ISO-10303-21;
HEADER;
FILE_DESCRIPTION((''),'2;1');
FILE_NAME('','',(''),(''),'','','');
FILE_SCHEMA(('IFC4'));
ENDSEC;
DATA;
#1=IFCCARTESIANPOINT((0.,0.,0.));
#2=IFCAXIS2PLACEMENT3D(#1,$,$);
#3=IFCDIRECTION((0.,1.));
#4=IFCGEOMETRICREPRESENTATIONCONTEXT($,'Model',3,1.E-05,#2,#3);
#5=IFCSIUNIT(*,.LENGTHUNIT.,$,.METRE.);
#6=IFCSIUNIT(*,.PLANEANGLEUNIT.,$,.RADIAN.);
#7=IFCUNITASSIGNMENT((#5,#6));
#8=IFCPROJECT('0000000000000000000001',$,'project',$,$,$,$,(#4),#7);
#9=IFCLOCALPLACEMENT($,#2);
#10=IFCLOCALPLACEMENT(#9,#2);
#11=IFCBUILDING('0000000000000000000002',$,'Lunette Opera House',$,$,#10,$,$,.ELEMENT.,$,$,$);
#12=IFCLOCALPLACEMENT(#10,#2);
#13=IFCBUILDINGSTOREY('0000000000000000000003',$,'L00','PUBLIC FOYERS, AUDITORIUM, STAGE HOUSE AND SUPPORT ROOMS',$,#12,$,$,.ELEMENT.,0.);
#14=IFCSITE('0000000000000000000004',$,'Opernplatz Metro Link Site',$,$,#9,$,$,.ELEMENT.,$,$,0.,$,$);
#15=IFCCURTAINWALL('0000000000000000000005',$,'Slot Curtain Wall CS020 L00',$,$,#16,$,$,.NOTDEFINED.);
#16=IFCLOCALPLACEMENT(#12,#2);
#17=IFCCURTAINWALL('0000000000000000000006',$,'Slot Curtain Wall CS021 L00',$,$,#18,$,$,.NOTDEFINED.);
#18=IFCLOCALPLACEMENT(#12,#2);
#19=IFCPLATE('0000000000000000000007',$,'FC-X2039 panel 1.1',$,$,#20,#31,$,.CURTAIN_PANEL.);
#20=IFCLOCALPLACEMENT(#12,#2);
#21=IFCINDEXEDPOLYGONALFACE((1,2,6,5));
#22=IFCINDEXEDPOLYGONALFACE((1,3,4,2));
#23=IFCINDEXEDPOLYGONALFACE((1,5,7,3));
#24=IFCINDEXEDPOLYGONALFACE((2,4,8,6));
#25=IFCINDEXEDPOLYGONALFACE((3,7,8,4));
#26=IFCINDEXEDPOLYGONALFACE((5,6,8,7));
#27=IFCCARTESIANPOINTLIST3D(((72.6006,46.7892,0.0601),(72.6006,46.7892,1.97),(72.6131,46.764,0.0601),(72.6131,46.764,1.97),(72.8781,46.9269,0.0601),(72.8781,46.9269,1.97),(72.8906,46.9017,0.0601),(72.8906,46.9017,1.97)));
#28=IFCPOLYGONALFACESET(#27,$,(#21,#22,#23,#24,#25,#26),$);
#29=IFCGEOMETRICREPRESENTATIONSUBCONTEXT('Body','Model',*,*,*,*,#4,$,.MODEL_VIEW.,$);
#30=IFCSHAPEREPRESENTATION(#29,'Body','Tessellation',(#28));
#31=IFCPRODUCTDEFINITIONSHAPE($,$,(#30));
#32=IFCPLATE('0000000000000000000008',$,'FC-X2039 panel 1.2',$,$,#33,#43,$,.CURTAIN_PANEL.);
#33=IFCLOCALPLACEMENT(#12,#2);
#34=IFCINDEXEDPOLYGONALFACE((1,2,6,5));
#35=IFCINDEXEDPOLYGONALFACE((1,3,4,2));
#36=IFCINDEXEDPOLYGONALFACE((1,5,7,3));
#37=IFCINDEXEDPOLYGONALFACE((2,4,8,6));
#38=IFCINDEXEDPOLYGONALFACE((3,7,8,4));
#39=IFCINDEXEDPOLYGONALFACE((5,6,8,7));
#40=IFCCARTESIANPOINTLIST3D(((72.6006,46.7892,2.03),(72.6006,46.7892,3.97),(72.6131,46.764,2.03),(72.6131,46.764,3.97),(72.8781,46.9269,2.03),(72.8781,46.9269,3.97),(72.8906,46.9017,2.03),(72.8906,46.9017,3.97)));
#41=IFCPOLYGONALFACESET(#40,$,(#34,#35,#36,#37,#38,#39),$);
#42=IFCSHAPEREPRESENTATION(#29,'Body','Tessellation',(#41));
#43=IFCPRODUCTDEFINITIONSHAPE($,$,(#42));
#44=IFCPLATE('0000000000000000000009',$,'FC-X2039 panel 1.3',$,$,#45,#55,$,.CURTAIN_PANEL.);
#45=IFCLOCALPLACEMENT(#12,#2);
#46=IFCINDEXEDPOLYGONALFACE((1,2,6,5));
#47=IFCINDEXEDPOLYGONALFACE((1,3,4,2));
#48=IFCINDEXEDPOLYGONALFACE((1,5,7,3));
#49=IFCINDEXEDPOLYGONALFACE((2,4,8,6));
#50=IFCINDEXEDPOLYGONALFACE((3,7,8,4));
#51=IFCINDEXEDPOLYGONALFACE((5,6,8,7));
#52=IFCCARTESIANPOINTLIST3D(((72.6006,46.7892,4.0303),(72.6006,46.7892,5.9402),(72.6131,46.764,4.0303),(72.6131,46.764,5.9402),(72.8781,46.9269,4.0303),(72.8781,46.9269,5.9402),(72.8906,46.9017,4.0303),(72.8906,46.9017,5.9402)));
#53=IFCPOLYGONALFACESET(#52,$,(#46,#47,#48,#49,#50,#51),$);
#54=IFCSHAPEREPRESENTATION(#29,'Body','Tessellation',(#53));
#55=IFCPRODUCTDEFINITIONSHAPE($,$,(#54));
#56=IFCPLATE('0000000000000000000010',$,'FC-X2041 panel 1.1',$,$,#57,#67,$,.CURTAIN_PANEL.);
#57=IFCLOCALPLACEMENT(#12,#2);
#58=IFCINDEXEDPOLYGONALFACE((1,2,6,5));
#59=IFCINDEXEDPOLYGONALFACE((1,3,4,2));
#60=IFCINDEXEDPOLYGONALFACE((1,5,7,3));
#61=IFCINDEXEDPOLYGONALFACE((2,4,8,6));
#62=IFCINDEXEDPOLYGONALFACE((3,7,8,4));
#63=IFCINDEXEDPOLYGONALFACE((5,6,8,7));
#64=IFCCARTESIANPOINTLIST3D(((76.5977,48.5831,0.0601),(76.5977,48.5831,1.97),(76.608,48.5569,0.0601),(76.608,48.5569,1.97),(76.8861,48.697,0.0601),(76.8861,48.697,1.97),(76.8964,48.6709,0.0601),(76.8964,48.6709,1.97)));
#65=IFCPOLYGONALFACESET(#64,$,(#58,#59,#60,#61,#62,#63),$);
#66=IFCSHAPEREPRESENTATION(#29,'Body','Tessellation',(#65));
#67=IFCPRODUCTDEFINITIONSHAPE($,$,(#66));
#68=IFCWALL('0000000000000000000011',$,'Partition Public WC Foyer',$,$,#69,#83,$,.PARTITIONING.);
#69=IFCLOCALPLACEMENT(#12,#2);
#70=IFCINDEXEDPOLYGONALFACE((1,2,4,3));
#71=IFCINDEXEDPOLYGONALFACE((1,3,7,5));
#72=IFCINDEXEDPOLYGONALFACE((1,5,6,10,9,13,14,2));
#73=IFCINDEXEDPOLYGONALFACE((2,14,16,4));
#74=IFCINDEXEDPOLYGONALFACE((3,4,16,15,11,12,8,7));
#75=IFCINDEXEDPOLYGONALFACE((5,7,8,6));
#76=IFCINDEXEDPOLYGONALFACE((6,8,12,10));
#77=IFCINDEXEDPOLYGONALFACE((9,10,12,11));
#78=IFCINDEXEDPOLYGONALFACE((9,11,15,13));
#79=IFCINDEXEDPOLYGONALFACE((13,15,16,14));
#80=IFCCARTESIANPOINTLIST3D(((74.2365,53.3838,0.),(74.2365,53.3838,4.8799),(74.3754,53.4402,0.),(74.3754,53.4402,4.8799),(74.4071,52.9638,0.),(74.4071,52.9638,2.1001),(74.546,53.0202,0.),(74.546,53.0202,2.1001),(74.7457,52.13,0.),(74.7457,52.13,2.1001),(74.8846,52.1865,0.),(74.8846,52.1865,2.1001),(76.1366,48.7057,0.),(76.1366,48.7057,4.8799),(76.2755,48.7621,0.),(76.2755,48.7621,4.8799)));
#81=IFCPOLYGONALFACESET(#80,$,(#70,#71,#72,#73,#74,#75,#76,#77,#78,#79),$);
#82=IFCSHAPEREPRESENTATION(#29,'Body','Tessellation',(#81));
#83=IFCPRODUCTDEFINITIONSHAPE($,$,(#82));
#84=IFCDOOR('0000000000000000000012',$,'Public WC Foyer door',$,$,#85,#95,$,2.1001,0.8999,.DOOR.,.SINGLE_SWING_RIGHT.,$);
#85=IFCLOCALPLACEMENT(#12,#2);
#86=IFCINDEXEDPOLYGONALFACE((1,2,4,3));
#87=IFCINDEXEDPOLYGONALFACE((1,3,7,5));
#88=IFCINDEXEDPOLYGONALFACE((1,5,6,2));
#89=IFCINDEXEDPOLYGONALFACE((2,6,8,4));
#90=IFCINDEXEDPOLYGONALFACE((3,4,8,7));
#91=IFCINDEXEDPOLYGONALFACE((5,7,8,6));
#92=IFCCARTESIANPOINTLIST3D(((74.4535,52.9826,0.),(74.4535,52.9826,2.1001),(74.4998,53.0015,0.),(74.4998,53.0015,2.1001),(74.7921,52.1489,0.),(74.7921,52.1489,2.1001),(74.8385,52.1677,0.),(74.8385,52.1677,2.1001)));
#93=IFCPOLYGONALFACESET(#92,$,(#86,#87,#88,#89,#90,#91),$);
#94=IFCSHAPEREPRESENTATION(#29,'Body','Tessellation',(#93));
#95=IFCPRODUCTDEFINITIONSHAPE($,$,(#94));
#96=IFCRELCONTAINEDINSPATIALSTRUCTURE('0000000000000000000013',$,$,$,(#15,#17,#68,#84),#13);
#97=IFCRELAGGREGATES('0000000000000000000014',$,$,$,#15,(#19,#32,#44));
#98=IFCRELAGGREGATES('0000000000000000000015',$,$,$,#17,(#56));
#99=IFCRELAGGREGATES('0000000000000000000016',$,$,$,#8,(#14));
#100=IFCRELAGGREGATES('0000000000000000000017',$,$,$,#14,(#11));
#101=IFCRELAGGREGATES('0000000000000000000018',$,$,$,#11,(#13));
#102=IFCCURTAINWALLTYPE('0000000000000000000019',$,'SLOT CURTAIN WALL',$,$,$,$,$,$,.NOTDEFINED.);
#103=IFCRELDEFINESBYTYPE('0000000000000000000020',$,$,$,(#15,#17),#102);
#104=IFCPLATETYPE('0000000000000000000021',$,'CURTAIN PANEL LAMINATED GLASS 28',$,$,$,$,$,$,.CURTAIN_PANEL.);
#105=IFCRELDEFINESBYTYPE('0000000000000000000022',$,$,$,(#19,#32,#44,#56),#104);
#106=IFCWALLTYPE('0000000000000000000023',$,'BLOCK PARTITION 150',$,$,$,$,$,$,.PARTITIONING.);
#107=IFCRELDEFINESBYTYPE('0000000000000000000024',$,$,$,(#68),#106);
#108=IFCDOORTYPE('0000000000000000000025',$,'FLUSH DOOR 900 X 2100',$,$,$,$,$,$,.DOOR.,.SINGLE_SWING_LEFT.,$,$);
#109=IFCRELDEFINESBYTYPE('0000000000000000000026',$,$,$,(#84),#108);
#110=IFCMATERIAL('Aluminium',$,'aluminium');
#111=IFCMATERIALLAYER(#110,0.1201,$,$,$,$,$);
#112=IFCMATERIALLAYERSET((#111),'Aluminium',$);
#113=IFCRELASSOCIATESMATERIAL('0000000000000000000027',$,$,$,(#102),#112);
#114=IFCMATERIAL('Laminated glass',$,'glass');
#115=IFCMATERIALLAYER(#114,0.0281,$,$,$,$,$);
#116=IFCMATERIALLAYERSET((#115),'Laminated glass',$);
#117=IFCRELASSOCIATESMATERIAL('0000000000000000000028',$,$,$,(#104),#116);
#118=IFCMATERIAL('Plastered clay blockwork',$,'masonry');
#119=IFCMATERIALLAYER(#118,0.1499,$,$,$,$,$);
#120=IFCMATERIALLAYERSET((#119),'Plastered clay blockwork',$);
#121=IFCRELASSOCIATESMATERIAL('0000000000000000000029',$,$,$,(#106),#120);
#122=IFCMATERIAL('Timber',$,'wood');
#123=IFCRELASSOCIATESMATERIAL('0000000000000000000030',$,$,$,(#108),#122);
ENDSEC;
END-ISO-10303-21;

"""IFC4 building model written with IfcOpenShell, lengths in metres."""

from ifc_helpers import new_model, si_unit, direction, frame, frame_2d, origin, origin_2d, place, context, subcontext, project, spatial, rectangle, extrude, material, layer, layer_set, type_object, element, fill, aggregate, save


model = new_model("IFC4")

# Units and contexts
model_context = context("Model", 3, precision=1e-05, world=origin(), true_north=direction((0.0, 1.0)))
body_context = subcontext(model_context, "Body", "Model", "MODEL_VIEW")
ifc_project = project(units=[si_unit("LENGTHUNIT", "METRE"), si_unit("PLANEANGLEUNIT", "RADIAN")], contexts=[model_context])

# Site, building, storey
site_placement = place(None, origin())
site = spatial("IfcSite", under=ifc_project, at=site_placement, Name="Opernplatz Metro Link Site", CompositionType="ELEMENT", RefElevation=0.0)
building_placement = place(site_placement, origin())
building = spatial("IfcBuilding", under=site, at=building_placement, Name="Lunette Opera House", CompositionType="ELEMENT")
storey_placement = place(building_placement, origin())
storey = spatial("IfcBuildingStorey", under=building, at=storey_placement, Name="L00", Description="PUBLIC FOYERS, AUDITORIUM, STAGE HOUSE AND SUPPORT ROOMS", CompositionType="ELEMENT", Elevation=0.0)

# Shared definitions
ifc_material_1 = material(Name="Aluminium", Category="aluminium")
ifc_layer_1 = layer(ifc_material_1, 0.1201)
ifc_layer_set_1 = layer_set([ifc_layer_1], Name="Aluminium")
curtain_wall_type = type_object("IfcCurtainWallType", Name="SLOT CURTAIN WALL", PredefinedType="NOTDEFINED", material=ifc_layer_set_1)

# Curtain wall
curtain_wall_1_placement = place(storey_placement, origin())
curtain_wall_1 = element("IfcCurtainWall", 1, at=curtain_wall_1_placement, inside=storey, type_object=curtain_wall_type, Name="Slot Curtain Wall CS020 L00", PredefinedType="NOTDEFINED")

# Curtain wall
curtain_wall_2_placement = place(storey_placement, origin())
curtain_wall_2 = element("IfcCurtainWall", 2, at=curtain_wall_2_placement, inside=storey, type_object=curtain_wall_type, Name="Slot Curtain Wall CS021 L00", PredefinedType="NOTDEFINED")

# Plates
ifc_material_2 = material(Name="Laminated glass", Category="glass")
ifc_layer_2 = layer(ifc_material_2, 0.0281)
ifc_layer_set_2 = layer_set([ifc_layer_2], Name="Laminated glass")
plate_type = type_object("IfcPlateType", Name="CURTAIN PANEL LAMINATED GLASS 28", PredefinedType="CURTAIN_PANEL", material=ifc_layer_set_2)
plate_1_placement = place(storey_placement, frame((72.7456, 46.8455, 0.0601), z_axis=(0.0, 0.0, 1.0), x_axis=(0.895819, 0.444419, 0.0)))
plate_1 = element("IfcPlate", 3, at=plate_1_placement, type_object=plate_type, Name="FC-X2039 panel 1.1", PredefinedType="CURTAIN_PANEL", context=body_context, shape_type="SweptSolid", body=[
    extrude(rectangle(XDim=0.3098, YDim=0.0281, at=origin_2d()), origin(), (0.0, 0.0, 1.0), 1.9099),
])
plate_2_placement = place(storey_placement, frame((72.7456, 46.8455, 2.03), z_axis=(0.0, 0.0, 1.0), x_axis=(0.895819, 0.444419, 0.0)))
plate_2 = element("IfcPlate", 4, at=plate_2_placement, type_object=plate_type, Name="FC-X2039 panel 1.2", PredefinedType="CURTAIN_PANEL", context=body_context, shape_type="SweptSolid", body=[
    extrude(rectangle(XDim=0.3098, YDim=0.0281, at=origin_2d()), origin(), (0.0, 0.0, 1.0), 1.9399),
])
plate_3_placement = place(storey_placement, frame((72.7456, 46.8455, 4.0303), z_axis=(0.0, 0.0, 1.0), x_axis=(0.895819, 0.444419, 0.0)))
plate_3 = element("IfcPlate", 5, at=plate_3_placement, type_object=plate_type, Name="FC-X2039 panel 1.3", PredefinedType="CURTAIN_PANEL", context=body_context, shape_type="SweptSolid", body=[
    extrude(rectangle(XDim=0.3098, YDim=0.0281, at=origin_2d()), origin(), (0.0, 0.0, 1.0), 1.9099),
])
aggregate(curtain_wall_1, [plate_1, plate_2, plate_3])
plate_4_placement = place(storey_placement, frame((76.7471, 48.627, 0.0601), z_axis=(0.0, 0.0, 1.0), x_axis=(0.930072, 0.367378, 0.0)))
plate_4 = element("IfcPlate", 6, at=plate_4_placement, type_object=plate_type, Name="FC-X2041 panel 1.1", PredefinedType="CURTAIN_PANEL", context=body_context, shape_type="SweptSolid", body=[
    extrude(rectangle(XDim=0.3101, YDim=0.0281, at=origin_2d()), origin(), (0.0, 0.0, 1.0), 1.9099),
])
aggregate(curtain_wall_2, [plate_4])

# Wall, opening, door
ifc_material_3 = material(Name="Plastered clay blockwork", Category="masonry")
ifc_layer_3 = layer(ifc_material_3, 0.1499)
ifc_layer_set_3 = layer_set([ifc_layer_3], Name="Plastered clay blockwork")
wall_type_1 = type_object("IfcWallType", Name="BLOCK PARTITION 150", PredefinedType="PARTITIONING", material=ifc_layer_set_3)
wall_1_placement = place(storey_placement, frame((76.2061, 48.7339, 0.0), z_axis=(0.0, 0.0, 1.0), x_axis=(-0.376312, 0.926493, 0.0)))
wall_1 = element("IfcWall", 7, at=wall_1_placement, inside=storey, type_object=wall_type_1, Name="Partition Public WC Foyer", PredefinedType="PARTITIONING", context=body_context, shape_type="SweptSolid", body=[
    extrude(rectangle(XDim=5.0493, YDim=0.1499, at=frame_2d((2.5247, 0.0))), origin(), (0.0, 0.0, 1.0), 4.8799),
])
opening_1_placement = place(wall_1_placement, frame((3.696, 0.0, 0.0)))
opening_1 = element("IfcOpeningElement", 8, at=opening_1_placement, cuts=wall_1, PredefinedType="OPENING", context=body_context, shape_type="SweptSolid", body=[
    extrude(rectangle(XDim=0.8999, YDim=2.1001, at=frame_2d((0.45, 1.05))), frame((0.0, 0.0869, 0.0), z_axis=(0.0, -1.0, 0.0), x_axis=(1.0, 0.0, 0.0)), (0.0, 0.0, 1.0), 0.1738),
])
ifc_material_4 = material(Name="Timber", Category="wood")
door_type_1 = type_object("IfcDoorType", Name="FLUSH DOOR 900 X 2100", OperationType="SINGLE_SWING_LEFT", PredefinedType="DOOR", material=ifc_material_4)
door_1_placement = place(opening_1_placement, origin())
door_1 = element("IfcDoor", 9, at=door_1_placement, inside=storey, type_object=door_type_1, Name="Public WC Foyer door", OperationType="SINGLE_SWING_RIGHT", OverallHeight=2.1001, OverallWidth=0.8999, PredefinedType="DOOR", context=body_context, shape_type="SweptSolid", body=[
    extrude(rectangle(XDim=0.8999, YDim=2.1001, at=frame_2d((0.45, 1.05))), frame((0.0, 0.0249, 0.0), z_axis=(0.0, -1.0, 0.0), x_axis=(1.0, 0.0, 0.0)), (0.0, 0.0, 1.0), 0.05),
])
fill(opening_1, door_1)

save(model, "model.ifc")
